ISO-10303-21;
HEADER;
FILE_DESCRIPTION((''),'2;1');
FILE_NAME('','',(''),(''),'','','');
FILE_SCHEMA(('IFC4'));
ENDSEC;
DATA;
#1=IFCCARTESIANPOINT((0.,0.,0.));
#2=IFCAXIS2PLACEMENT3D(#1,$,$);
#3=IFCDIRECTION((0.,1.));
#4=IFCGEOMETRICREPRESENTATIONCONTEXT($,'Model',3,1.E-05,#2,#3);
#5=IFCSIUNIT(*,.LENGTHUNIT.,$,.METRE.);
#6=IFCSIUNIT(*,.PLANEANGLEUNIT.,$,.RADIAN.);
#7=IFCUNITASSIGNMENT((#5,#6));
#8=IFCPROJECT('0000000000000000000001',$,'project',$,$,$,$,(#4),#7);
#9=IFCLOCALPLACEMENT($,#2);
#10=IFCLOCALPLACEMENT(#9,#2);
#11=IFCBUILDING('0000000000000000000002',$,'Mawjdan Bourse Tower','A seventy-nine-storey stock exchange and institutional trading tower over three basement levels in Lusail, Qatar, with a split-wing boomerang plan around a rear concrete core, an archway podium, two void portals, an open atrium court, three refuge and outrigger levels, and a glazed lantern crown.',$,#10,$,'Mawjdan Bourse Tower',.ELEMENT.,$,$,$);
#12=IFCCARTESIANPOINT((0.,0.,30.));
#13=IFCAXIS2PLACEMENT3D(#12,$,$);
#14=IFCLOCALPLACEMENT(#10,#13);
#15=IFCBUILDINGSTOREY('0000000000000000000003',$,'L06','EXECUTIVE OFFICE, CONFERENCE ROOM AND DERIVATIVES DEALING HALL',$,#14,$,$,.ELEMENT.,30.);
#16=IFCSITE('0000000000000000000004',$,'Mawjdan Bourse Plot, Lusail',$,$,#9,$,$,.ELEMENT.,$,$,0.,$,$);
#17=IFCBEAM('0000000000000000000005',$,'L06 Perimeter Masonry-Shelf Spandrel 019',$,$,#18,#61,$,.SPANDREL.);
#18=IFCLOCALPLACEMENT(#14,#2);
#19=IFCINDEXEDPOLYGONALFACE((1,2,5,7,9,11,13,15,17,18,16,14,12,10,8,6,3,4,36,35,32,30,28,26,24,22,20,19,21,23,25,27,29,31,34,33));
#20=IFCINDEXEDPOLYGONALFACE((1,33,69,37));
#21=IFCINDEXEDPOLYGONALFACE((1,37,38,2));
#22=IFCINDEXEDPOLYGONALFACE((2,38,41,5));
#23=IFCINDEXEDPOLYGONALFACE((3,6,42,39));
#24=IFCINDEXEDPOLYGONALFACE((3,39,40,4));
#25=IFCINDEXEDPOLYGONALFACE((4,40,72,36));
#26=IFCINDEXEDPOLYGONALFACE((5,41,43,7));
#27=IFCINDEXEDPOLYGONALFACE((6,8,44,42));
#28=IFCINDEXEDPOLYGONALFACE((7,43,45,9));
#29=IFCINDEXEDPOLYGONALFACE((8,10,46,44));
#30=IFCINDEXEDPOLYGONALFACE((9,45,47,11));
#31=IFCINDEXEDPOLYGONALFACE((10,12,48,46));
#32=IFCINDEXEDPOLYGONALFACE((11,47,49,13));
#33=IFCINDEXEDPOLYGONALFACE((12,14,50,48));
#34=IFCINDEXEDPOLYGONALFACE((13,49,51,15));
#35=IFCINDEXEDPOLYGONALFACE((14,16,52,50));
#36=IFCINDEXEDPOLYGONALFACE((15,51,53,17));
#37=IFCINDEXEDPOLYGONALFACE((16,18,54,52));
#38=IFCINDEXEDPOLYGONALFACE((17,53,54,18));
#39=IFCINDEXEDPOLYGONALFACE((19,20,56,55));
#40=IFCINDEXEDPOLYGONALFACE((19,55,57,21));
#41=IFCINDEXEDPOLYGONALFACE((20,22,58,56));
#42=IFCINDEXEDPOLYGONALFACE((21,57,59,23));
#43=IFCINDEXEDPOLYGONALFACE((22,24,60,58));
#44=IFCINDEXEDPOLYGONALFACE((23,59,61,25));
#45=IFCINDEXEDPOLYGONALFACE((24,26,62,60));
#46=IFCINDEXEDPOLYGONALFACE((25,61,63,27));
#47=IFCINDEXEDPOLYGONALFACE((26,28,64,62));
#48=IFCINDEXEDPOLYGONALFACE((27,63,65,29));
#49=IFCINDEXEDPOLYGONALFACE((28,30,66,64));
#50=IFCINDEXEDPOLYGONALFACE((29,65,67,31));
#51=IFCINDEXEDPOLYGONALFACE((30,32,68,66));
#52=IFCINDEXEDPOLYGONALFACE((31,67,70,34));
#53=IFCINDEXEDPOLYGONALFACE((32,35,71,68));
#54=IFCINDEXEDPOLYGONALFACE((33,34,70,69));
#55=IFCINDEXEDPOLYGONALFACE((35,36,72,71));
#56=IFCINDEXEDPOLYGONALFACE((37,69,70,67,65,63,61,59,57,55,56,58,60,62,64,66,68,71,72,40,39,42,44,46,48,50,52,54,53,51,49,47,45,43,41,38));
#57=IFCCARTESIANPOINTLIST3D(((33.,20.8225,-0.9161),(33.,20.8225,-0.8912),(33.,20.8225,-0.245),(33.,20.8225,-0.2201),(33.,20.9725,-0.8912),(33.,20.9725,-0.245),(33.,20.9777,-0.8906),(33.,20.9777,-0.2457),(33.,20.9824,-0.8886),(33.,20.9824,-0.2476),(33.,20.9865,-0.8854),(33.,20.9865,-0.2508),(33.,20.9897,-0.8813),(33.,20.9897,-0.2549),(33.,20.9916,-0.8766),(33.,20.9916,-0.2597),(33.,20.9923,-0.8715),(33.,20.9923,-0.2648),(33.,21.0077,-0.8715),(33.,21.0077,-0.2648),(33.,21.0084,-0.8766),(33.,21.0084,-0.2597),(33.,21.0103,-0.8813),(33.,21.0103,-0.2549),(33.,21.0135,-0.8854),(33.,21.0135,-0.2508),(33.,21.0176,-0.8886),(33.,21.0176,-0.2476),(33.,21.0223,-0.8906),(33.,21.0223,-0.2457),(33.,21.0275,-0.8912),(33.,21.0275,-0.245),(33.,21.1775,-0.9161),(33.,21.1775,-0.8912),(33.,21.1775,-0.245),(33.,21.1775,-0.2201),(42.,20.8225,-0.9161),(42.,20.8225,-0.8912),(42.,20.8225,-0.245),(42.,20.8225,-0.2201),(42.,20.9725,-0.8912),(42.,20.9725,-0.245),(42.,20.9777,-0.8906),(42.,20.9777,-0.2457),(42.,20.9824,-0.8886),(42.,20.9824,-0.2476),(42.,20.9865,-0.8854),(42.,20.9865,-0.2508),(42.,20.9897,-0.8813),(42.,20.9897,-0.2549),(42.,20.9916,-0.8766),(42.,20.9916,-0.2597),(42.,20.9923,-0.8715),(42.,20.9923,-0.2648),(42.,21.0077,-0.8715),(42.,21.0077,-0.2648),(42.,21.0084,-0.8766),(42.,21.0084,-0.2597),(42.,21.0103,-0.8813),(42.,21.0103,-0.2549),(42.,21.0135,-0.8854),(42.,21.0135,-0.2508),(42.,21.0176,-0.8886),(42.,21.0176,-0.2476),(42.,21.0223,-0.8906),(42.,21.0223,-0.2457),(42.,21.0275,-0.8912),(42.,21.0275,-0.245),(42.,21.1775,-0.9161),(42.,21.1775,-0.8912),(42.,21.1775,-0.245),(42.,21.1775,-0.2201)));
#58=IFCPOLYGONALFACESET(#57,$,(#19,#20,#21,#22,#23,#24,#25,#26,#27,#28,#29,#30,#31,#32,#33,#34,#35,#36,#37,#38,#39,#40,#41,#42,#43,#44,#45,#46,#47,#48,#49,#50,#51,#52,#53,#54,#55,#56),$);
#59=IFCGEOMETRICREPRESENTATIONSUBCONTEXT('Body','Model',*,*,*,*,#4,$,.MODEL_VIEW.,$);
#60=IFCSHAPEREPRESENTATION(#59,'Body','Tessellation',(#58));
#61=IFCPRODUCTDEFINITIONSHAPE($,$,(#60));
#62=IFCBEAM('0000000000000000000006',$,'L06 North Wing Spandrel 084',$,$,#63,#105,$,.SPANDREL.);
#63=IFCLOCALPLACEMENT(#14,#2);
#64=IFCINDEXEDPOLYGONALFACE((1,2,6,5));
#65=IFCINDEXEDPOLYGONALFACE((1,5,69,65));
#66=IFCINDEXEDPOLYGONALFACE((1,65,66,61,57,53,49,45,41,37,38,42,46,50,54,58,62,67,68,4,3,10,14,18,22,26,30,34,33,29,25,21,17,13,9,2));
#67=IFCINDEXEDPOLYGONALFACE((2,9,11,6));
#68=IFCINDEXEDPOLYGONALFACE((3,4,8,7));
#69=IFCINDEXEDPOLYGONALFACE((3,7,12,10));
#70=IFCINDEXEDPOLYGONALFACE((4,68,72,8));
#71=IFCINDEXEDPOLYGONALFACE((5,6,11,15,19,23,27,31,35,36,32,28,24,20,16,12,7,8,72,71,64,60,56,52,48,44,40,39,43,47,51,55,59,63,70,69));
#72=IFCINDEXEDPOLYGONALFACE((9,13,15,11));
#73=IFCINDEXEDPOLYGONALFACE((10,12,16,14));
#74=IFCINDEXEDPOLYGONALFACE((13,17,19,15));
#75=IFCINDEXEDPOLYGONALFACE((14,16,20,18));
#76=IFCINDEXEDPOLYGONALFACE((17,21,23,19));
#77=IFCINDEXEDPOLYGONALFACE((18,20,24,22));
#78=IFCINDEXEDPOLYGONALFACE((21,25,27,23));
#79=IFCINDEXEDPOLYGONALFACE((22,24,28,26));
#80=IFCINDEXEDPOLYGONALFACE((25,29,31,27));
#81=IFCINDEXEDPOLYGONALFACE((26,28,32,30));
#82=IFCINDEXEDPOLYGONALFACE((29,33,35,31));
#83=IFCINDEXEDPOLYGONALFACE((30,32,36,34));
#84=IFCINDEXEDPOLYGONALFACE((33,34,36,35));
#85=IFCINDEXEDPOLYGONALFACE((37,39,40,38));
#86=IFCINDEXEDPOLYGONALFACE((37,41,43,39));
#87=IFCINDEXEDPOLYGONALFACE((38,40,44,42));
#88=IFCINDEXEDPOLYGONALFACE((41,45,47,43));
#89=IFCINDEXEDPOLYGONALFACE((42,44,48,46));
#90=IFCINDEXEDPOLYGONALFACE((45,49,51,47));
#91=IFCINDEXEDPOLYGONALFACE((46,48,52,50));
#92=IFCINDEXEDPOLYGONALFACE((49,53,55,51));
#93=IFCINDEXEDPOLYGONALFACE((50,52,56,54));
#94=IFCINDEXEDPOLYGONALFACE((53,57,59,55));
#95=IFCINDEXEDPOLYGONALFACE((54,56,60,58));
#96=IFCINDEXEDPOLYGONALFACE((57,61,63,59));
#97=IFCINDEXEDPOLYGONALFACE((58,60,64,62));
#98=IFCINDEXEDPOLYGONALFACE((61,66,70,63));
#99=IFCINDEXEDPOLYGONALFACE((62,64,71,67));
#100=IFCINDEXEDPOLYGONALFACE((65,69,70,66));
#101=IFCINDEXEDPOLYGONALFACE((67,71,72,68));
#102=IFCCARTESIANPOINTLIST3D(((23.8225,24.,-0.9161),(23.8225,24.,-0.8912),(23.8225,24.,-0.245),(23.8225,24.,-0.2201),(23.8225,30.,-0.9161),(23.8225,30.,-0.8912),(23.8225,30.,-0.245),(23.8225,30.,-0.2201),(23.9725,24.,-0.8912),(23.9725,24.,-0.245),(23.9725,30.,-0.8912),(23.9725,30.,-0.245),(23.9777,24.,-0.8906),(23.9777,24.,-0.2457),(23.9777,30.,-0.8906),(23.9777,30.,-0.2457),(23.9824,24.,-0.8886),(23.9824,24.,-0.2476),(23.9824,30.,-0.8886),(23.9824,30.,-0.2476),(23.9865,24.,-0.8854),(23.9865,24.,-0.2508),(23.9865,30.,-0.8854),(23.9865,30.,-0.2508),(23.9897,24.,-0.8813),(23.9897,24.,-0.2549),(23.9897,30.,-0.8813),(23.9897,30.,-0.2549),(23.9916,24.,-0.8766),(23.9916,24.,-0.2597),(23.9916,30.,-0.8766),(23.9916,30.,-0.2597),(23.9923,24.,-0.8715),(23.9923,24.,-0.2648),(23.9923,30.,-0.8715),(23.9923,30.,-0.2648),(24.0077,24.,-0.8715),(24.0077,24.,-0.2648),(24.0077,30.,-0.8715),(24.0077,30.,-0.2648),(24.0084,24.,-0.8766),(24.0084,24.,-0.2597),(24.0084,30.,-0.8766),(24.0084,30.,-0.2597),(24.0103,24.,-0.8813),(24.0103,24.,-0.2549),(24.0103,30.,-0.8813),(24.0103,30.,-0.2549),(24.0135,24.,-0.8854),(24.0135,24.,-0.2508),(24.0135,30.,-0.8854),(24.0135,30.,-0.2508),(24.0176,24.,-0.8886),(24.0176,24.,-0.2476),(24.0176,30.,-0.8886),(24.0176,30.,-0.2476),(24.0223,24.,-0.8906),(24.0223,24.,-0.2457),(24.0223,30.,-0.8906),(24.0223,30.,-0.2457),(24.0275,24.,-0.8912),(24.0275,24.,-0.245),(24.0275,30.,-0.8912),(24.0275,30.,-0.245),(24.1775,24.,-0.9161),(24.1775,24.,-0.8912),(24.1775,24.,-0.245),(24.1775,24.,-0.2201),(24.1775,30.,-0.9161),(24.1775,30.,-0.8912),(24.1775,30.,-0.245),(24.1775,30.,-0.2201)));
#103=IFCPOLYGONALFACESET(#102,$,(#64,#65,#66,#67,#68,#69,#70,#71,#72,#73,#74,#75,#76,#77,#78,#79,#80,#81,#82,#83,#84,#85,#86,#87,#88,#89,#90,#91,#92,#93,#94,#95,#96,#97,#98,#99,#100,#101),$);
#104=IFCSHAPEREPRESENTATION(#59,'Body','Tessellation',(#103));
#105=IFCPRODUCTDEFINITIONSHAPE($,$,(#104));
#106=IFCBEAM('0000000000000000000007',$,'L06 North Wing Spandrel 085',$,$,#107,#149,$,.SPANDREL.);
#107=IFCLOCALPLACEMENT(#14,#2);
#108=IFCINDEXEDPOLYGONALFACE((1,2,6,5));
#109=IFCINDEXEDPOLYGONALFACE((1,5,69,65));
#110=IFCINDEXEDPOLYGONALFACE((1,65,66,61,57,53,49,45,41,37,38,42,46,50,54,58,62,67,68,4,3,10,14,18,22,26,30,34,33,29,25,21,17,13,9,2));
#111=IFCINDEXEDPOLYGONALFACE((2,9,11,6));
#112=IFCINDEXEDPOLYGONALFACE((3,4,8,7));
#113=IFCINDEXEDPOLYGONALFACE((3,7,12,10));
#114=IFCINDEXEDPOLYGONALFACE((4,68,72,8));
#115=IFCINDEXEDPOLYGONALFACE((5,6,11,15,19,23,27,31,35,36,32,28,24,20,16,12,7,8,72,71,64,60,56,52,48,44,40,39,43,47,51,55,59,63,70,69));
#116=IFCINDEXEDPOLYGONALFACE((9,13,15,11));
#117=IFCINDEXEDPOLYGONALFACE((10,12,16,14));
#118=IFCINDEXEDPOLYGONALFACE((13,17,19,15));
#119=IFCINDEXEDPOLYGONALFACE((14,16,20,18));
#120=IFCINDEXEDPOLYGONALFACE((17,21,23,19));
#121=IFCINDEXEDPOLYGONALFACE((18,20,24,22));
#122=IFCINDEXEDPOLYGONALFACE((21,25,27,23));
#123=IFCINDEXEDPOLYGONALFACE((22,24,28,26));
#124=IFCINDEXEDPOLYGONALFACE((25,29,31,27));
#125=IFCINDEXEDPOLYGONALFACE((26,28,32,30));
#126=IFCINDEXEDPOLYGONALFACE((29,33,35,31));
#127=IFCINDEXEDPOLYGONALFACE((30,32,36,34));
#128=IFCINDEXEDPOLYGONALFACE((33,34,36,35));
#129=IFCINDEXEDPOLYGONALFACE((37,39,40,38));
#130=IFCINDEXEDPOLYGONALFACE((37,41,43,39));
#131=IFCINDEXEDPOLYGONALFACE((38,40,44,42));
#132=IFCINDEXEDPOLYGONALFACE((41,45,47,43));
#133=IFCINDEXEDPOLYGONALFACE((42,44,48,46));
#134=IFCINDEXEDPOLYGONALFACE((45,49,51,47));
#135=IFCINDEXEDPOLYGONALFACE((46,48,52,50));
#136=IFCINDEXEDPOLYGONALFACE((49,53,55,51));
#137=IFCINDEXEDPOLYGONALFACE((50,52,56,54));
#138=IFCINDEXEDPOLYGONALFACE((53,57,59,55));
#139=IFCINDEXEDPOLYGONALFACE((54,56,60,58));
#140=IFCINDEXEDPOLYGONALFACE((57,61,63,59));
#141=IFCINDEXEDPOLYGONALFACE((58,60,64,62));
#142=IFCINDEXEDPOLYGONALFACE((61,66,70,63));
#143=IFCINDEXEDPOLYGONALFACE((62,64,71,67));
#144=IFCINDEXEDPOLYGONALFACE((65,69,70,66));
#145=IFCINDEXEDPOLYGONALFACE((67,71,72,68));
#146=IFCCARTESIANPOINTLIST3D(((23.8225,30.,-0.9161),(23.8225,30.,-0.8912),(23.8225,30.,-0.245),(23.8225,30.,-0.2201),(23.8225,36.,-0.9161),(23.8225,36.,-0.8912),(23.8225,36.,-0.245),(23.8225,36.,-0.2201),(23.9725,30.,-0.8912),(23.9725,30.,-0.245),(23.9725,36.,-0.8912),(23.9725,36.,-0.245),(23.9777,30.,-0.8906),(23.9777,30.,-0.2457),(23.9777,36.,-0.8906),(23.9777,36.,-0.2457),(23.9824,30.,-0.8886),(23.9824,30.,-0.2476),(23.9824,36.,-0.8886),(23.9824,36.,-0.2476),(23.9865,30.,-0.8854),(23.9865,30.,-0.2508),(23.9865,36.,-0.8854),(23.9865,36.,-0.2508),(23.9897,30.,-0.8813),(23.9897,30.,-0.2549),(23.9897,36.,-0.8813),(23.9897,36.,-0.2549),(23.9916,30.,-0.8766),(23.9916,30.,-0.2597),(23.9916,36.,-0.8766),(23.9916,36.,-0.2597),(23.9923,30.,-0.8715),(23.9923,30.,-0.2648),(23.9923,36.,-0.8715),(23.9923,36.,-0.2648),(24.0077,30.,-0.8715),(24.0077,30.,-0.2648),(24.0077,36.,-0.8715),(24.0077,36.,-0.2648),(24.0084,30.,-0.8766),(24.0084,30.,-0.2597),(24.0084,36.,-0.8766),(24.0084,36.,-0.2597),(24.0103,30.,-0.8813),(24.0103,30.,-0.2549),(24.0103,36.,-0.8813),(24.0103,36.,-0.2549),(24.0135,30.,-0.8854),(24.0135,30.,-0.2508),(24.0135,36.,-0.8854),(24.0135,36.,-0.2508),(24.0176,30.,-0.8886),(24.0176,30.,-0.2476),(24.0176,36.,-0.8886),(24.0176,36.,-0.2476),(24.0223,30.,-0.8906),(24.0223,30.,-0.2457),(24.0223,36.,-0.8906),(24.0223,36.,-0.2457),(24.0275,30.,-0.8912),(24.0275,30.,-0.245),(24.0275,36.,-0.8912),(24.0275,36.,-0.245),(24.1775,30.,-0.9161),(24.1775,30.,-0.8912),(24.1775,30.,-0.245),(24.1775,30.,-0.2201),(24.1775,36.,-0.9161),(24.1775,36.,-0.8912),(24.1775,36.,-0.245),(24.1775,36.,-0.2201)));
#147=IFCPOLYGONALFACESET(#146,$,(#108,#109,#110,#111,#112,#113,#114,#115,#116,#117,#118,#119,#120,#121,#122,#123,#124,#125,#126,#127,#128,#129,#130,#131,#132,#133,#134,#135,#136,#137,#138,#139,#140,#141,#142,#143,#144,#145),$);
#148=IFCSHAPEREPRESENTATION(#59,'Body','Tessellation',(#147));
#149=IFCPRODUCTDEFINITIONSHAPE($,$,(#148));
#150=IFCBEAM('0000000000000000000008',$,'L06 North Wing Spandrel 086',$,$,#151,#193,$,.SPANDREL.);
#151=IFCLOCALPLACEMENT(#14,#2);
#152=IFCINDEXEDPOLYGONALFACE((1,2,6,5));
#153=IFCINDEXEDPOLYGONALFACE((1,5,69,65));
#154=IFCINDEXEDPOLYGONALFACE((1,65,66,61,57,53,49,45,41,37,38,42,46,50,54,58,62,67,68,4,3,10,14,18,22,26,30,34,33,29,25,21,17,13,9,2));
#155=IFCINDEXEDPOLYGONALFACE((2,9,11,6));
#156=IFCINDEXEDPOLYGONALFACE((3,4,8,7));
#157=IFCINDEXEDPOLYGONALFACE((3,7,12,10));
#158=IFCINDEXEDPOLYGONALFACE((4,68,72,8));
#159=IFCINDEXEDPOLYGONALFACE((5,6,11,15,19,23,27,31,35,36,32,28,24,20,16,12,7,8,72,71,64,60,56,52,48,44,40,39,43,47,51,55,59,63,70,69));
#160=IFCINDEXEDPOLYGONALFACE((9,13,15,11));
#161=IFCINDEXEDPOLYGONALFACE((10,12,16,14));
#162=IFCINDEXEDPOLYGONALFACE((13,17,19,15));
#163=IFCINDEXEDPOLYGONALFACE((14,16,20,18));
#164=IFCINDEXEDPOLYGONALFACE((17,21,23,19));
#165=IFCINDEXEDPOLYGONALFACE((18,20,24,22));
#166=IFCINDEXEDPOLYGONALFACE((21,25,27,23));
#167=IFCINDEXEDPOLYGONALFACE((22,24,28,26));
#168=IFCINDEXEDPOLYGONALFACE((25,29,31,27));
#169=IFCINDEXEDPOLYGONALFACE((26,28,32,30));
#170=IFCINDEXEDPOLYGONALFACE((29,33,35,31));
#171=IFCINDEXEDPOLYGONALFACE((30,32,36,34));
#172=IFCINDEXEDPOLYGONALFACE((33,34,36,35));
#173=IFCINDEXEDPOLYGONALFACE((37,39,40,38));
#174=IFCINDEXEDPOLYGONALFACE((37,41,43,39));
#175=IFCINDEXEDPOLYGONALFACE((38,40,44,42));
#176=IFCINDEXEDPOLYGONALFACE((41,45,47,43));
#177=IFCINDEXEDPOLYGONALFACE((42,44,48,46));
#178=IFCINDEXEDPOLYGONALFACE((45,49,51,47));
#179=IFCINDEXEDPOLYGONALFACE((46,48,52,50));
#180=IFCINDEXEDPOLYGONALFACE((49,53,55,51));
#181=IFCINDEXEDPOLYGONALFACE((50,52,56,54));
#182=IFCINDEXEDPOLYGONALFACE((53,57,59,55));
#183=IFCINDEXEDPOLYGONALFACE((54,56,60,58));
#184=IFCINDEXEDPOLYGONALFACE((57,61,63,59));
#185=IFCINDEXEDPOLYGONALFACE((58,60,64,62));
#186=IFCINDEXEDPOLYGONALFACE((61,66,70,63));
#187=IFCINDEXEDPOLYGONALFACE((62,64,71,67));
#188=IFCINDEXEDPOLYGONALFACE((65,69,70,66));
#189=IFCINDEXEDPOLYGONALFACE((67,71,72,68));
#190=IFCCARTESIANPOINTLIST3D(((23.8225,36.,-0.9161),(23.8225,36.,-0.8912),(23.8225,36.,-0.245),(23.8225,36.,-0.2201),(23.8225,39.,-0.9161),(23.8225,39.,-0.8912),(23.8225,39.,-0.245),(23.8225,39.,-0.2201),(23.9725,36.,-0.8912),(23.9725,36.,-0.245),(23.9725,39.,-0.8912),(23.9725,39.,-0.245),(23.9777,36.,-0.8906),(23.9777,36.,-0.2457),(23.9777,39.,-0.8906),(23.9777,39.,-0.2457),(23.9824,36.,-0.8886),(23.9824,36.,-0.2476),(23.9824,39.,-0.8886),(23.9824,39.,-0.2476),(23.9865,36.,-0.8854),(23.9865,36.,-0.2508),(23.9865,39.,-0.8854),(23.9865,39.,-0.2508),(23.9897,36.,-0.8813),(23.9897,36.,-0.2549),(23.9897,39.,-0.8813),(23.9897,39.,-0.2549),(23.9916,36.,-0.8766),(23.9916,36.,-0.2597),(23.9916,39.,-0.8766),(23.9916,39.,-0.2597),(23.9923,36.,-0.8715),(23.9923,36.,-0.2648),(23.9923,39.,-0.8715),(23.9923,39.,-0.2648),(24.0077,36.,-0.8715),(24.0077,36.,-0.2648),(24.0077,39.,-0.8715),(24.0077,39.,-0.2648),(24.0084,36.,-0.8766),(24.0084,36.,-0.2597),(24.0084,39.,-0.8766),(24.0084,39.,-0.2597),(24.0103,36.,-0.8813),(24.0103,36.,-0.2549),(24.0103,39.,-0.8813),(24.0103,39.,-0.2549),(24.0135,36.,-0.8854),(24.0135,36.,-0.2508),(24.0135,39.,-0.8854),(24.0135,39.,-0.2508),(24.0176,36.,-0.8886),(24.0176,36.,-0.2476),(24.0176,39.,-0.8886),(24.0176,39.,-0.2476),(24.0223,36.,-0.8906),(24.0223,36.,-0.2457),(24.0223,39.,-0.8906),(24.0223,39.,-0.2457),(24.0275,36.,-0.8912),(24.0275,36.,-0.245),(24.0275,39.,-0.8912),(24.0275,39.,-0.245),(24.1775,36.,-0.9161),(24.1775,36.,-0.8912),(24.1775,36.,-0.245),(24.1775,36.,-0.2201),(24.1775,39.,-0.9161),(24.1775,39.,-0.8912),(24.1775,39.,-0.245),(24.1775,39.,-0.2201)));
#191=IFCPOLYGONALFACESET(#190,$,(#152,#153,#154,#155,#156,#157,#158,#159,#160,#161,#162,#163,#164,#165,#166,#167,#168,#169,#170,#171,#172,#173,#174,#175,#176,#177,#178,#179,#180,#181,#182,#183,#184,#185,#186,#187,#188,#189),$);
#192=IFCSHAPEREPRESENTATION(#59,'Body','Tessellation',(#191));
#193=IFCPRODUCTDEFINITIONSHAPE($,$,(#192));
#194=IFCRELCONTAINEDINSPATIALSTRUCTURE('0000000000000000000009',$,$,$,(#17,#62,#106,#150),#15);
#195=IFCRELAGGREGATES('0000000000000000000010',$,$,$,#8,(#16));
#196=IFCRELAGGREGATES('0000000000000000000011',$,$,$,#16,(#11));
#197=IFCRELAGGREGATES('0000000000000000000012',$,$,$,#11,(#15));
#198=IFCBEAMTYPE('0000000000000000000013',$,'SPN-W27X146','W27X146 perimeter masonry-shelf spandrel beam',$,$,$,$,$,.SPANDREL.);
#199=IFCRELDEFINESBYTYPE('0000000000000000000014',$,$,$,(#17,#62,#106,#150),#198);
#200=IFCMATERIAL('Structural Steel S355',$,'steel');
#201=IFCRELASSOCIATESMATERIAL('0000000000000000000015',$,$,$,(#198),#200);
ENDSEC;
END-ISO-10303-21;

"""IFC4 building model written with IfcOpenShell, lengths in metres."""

from ifc_helpers import new_model, si_unit, direction, frame, origin, origin_2d, place, context, subcontext, project, spatial, i_section, extrude, material, material_profile, profile_set, type_object, element, save


model = new_model("IFC4")

# Units and contexts
model_context = context("Model", 3, precision=1e-05, world=origin(), true_north=direction((0.0, 1.0)))
body_context = subcontext(model_context, "Body", "Model", "MODEL_VIEW")
ifc_project = project(units=[si_unit("LENGTHUNIT", "METRE"), si_unit("PLANEANGLEUNIT", "RADIAN")], contexts=[model_context])

# Site, building, storey
site_placement = place(None, origin())
site = spatial("IfcSite", under=ifc_project, at=site_placement, Name="Mawjdan Bourse Plot, Lusail", CompositionType="ELEMENT", RefElevation=0.0)
building_placement = place(site_placement, origin())
building = spatial("IfcBuilding", under=site, at=building_placement, Name="Mawjdan Bourse Tower", Description="A seventy-nine-storey stock exchange and institutional trading tower over three basement levels in Lusail, Qatar, with a split-wing boomerang plan around a rear concrete core, an archway podium, two void portals, an open atrium court, three refuge and outrigger levels, and a glazed lantern crown.", LongName="Mawjdan Bourse Tower", CompositionType="ELEMENT")
storey_placement = place(building_placement, frame((0.0, 0.0, 30.0)))
storey = spatial("IfcBuildingStorey", under=building, at=storey_placement, Name="L06", Description="EXECUTIVE OFFICE, CONFERENCE ROOM AND DERIVATIVES DEALING HALL", CompositionType="ELEMENT", Elevation=30.0)

# Beams
ifc_material_1 = material(Name="Structural Steel S355", Category="steel")
ifc_material_profile_1 = material_profile(ifc_material_1, i_section(OverallWidth=0.355, OverallDepth=0.696, WebThickness=0.0154, FlangeThickness=0.0249, FilletRadius=0.0198, at=origin_2d()), Name="W27X146")
ifc_profile_set_1 = profile_set([ifc_material_profile_1], Name="Structural Steel S355")
beam_type_1 = type_object("IfcBeamType", Name="SPN-W27X146", Description="W27X146 perimeter masonry-shelf spandrel beam", PredefinedType="SPANDREL", material=ifc_profile_set_1)
beam_1_placement = place(storey_placement, frame((33.0, 21.0, -0.5681), z_axis=(1.0, 0.0, 0.0), x_axis=(0.0, 1.0, 0.0)))
element("IfcBeam", 1, at=beam_1_placement, inside=storey, type_object=beam_type_1, Name="L06 Perimeter Masonry-Shelf Spandrel 019", PredefinedType="SPANDREL", context=body_context, shape_type="SweptSolid", body=[
    extrude(i_section(OverallWidth=0.355, OverallDepth=0.696, WebThickness=0.0154, FlangeThickness=0.0249, FilletRadius=0.0198, at=origin_2d()), origin(), (0.0, 0.0, 1.0), 9.0),
])
for number, where, z_axis, x_axis, name in (
    (2, (24.0, 24.0, -0.5681), (0.0, 1.0, 0.0), (-1.0, 0.0, 0.0), "L06 North Wing Spandrel 084"),
    (3, (24.0, 30.0, -0.5681), (0.0, 1.0, 0.0), (-1.0, 0.0, 0.0), "L06 North Wing Spandrel 085"),
):
    element("IfcBeam", number, at=place(storey_placement, frame(where, z_axis=z_axis, x_axis=x_axis)), inside=storey, type_object=beam_type_1, Name=name, PredefinedType="SPANDREL", context=body_context, shape_type="SweptSolid", body=[
        extrude(i_section(OverallWidth=0.355, OverallDepth=0.696, WebThickness=0.0154, FlangeThickness=0.0249, FilletRadius=0.0198, at=origin_2d()), origin(), (0.0, 0.0, 1.0), 6.0),
    ])
for number, where, z_axis, x_axis, name in (
    (4, (24.0, 36.0, -0.5681), (0.0, 1.0, 0.0), (-1.0, 0.0, 0.0), "L06 North Wing Spandrel 086"),
):
    element("IfcBeam", number, at=place(storey_placement, frame(where, z_axis=z_axis, x_axis=x_axis)), inside=storey, type_object=beam_type_1, Name=name, PredefinedType="SPANDREL", context=body_context, shape_type="SweptSolid", body=[
        extrude(i_section(OverallWidth=0.355, OverallDepth=0.696, WebThickness=0.0154, FlangeThickness=0.0249, FilletRadius=0.0198, at=origin_2d()), origin(), (0.0, 0.0, 1.0), 3.0),
    ])

save(model, "model.ifc")
